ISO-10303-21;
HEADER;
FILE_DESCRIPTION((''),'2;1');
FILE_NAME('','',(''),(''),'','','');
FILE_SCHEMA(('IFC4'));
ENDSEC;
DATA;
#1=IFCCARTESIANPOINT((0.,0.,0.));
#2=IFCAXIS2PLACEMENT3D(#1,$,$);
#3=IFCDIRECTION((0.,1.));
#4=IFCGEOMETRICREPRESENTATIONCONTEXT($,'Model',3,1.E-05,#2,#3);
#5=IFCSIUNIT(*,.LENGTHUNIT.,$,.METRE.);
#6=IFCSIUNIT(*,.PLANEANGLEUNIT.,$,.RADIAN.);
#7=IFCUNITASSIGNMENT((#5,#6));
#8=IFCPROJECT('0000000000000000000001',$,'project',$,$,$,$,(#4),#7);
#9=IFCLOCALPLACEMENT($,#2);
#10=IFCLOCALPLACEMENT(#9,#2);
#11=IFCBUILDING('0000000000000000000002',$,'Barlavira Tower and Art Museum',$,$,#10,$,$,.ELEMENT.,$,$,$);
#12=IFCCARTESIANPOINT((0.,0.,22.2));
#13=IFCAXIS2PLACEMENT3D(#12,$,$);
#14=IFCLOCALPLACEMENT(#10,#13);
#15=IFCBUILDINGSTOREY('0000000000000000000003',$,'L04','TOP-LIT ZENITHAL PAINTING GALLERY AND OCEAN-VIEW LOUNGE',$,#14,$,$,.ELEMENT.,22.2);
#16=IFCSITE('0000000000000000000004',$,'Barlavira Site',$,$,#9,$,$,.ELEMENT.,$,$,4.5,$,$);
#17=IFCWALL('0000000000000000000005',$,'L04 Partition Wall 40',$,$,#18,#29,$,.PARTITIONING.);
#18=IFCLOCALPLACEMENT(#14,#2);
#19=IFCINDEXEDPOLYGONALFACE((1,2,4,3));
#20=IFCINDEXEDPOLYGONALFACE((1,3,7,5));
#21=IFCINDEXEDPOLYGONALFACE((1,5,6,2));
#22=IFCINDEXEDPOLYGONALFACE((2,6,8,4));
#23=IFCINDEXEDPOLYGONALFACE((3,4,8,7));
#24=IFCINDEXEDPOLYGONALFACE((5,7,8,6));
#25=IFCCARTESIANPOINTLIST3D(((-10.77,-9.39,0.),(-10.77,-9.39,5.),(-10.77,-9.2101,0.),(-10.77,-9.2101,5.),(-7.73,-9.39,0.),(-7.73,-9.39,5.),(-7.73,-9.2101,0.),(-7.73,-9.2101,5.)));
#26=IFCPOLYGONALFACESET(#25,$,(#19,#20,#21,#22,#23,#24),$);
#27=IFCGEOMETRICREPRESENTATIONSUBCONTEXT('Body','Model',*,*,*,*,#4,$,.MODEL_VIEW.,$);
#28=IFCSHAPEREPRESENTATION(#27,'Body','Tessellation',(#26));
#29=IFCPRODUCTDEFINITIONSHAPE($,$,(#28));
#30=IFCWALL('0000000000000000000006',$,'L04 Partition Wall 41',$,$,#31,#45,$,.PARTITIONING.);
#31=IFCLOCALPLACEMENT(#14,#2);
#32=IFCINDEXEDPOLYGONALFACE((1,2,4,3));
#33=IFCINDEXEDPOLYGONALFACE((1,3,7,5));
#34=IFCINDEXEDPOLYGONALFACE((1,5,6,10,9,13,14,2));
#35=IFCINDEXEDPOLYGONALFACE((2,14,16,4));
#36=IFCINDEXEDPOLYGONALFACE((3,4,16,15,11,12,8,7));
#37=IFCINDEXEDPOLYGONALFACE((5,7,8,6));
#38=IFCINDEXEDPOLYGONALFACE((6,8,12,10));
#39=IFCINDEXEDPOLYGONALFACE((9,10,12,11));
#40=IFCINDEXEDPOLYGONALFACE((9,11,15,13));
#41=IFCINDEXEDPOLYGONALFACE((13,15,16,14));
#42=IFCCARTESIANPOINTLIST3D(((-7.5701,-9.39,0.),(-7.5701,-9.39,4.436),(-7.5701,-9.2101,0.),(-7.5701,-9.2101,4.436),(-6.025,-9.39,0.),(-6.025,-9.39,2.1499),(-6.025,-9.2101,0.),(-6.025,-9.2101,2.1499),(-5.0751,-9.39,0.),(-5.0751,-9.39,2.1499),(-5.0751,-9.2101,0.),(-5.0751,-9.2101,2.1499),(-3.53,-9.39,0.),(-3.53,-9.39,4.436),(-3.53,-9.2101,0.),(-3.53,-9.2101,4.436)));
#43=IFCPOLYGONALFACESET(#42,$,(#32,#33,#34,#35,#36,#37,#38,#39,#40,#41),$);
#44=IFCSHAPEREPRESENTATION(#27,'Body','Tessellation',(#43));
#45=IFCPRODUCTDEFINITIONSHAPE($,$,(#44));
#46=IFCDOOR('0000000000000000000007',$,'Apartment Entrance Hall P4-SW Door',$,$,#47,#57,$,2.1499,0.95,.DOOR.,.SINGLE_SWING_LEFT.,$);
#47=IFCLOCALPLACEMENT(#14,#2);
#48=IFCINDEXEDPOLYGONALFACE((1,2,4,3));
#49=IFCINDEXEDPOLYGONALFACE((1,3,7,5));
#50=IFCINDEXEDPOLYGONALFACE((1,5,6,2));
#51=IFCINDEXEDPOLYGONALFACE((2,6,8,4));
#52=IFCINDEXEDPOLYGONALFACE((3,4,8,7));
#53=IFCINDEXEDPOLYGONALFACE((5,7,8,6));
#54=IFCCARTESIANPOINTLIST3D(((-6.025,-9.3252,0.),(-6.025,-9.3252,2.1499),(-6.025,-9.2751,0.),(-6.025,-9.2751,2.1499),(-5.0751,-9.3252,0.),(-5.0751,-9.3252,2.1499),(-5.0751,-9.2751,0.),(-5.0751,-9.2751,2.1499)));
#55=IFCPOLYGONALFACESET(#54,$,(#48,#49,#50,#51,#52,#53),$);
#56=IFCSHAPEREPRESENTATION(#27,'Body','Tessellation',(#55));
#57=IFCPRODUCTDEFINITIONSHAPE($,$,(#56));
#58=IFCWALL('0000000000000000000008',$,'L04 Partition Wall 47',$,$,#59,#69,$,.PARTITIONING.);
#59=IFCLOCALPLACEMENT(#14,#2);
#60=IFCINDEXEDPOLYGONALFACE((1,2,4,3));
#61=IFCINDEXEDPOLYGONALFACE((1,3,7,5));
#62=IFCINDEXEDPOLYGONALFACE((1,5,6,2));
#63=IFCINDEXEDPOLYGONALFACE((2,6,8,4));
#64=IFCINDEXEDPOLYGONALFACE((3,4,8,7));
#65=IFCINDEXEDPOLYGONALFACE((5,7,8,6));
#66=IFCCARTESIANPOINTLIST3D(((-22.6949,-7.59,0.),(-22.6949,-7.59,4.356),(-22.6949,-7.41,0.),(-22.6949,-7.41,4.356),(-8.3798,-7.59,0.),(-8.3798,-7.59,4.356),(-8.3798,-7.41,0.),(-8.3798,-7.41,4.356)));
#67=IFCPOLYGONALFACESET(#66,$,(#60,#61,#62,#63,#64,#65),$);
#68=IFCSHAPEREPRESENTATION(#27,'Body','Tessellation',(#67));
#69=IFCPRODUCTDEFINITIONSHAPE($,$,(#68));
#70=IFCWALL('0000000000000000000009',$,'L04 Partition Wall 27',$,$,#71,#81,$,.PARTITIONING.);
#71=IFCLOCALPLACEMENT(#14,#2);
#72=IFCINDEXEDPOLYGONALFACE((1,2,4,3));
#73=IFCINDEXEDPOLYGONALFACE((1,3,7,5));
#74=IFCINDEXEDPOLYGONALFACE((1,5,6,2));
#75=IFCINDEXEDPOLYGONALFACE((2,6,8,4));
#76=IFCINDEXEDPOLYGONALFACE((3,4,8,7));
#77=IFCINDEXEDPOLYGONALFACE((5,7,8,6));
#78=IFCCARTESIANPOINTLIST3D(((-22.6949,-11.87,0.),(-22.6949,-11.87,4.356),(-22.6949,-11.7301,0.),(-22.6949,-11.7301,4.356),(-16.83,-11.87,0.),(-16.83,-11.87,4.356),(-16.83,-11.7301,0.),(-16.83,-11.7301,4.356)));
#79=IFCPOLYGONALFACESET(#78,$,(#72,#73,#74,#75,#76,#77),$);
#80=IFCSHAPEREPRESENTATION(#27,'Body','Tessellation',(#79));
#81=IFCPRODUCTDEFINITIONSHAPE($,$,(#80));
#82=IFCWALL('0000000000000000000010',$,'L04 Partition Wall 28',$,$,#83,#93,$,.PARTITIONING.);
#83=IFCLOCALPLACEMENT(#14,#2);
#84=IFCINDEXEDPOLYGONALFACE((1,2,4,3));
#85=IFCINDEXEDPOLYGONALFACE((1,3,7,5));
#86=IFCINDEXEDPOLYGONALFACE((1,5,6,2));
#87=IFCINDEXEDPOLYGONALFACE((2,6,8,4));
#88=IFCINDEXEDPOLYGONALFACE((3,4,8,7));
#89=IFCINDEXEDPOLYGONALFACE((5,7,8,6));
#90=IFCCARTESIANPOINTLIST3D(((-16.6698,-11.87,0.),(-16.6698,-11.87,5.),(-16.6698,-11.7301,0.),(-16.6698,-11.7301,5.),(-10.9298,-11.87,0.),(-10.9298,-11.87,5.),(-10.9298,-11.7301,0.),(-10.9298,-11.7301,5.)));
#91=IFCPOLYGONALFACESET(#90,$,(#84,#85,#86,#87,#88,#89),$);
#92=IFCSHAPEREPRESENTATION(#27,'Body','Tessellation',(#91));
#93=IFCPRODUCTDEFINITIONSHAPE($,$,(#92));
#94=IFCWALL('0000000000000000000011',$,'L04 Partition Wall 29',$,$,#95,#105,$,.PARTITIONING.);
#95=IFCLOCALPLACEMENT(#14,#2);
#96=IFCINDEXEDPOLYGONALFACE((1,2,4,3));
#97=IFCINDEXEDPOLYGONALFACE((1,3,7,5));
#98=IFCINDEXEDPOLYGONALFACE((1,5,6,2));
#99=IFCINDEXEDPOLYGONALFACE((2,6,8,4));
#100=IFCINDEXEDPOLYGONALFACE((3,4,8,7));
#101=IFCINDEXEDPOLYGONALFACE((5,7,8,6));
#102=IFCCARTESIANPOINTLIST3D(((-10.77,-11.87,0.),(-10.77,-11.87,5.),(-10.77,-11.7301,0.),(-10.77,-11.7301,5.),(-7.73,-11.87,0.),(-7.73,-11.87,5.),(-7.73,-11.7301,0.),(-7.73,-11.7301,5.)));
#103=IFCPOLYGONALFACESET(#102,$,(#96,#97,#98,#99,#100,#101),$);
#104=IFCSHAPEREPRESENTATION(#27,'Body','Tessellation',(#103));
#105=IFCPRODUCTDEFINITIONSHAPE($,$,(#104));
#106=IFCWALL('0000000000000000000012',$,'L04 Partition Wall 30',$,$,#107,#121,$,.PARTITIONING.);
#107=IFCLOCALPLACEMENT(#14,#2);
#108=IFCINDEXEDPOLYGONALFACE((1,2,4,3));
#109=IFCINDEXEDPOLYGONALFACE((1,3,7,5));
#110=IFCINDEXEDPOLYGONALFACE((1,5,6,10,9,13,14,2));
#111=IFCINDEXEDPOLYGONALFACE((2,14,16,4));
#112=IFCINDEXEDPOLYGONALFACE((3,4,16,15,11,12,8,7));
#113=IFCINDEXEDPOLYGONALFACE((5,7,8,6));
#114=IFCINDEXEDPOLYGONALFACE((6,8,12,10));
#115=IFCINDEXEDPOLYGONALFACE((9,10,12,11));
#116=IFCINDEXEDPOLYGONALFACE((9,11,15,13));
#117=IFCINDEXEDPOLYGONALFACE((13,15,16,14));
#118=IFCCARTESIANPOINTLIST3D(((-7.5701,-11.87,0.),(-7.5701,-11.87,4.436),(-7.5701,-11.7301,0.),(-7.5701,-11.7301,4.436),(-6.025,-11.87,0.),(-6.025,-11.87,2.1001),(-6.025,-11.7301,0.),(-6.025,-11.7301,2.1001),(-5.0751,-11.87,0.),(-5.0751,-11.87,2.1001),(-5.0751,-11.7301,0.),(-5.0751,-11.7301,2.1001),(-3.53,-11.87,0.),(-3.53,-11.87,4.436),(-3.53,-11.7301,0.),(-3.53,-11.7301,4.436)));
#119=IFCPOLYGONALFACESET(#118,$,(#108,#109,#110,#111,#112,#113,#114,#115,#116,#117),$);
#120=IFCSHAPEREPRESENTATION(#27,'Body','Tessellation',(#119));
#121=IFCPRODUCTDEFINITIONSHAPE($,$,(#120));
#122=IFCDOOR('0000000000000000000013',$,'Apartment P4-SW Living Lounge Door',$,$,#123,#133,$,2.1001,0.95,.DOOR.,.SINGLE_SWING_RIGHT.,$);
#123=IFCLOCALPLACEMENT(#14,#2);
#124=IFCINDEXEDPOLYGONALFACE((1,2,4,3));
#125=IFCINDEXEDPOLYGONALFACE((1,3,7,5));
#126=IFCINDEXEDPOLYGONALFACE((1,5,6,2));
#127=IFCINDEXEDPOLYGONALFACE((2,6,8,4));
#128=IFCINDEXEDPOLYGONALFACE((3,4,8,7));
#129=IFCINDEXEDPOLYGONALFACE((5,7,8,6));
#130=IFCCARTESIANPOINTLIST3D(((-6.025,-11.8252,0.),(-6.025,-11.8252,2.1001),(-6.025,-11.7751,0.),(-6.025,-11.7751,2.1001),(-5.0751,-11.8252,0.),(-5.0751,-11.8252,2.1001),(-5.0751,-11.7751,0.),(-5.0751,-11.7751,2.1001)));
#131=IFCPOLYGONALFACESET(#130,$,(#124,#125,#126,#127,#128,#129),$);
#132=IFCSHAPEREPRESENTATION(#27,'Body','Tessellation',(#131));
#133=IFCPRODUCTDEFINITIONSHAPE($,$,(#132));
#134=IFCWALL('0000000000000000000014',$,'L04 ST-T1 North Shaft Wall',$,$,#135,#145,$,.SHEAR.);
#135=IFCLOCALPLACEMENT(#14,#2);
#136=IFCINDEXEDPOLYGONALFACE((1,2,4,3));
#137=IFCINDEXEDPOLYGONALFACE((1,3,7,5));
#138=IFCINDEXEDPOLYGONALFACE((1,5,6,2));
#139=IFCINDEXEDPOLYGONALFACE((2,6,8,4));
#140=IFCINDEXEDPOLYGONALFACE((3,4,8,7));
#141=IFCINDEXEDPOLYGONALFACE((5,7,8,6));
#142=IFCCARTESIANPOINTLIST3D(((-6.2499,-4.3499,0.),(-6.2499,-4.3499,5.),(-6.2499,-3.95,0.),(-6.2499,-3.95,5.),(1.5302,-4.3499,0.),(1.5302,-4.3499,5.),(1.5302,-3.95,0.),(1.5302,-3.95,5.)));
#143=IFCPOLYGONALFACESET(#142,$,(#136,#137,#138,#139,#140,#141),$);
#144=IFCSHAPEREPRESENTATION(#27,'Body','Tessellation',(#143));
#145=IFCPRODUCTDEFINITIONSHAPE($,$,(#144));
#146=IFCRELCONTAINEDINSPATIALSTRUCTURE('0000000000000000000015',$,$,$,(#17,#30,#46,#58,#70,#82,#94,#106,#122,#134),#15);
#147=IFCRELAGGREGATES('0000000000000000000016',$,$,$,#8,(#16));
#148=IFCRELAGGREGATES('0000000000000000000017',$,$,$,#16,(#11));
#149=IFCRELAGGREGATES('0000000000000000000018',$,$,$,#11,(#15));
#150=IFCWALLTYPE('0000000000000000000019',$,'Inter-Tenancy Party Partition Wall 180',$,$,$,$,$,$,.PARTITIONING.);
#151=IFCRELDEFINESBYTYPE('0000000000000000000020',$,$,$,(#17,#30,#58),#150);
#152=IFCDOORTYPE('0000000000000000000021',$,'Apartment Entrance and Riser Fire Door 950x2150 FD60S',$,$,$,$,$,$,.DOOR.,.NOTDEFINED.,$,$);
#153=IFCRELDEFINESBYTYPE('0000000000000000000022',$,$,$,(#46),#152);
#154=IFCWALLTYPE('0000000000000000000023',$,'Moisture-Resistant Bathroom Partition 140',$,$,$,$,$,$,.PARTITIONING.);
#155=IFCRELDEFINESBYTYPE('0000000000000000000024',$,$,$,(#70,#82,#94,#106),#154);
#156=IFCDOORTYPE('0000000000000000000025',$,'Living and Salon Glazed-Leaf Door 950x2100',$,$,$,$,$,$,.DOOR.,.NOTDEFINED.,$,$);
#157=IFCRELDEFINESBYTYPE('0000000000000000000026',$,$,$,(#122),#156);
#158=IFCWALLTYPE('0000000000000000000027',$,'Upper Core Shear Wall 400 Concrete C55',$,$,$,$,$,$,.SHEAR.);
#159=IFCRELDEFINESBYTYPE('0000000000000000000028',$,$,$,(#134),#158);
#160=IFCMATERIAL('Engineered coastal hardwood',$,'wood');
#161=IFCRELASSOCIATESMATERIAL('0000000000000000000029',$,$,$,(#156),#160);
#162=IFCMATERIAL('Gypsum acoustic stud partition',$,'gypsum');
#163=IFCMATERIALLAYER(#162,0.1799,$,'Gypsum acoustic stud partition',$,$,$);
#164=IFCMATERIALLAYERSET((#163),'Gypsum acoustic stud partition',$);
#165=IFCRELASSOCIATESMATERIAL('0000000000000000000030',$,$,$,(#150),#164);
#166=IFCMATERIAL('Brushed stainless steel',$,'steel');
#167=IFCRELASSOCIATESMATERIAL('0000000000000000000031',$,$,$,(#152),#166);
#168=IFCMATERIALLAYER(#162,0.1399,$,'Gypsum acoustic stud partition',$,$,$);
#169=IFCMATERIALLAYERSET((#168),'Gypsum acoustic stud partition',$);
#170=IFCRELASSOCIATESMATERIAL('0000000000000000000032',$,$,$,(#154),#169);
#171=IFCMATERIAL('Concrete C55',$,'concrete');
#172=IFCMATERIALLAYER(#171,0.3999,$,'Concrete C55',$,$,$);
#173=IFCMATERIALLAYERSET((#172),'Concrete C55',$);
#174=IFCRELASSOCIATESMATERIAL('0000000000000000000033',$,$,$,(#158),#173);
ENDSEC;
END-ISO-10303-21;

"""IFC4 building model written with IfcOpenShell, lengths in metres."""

from ifc_helpers import new_model, si_unit, direction, frame, frame_2d, origin, place, context, subcontext, project, spatial, rectangle, extrude, material, layer, layer_set, type_object, element, fill, save


model = new_model("IFC4")

# Units and contexts
model_context = context("Model", 3, precision=1e-05, world=origin(), true_north=direction((0.0, 1.0)))
body_context = subcontext(model_context, "Body", "Model", "MODEL_VIEW")
ifc_project = project(units=[si_unit("LENGTHUNIT", "METRE"), si_unit("PLANEANGLEUNIT", "RADIAN")], contexts=[model_context])

# Site, building, storey
site_placement = place(None, origin())
site = spatial("IfcSite", under=ifc_project, at=site_placement, Name="Barlavira Site", CompositionType="ELEMENT", RefElevation=4.5)
building_placement = place(site_placement, origin())
building = spatial("IfcBuilding", under=site, at=building_placement, Name="Barlavira Tower and Art Museum", CompositionType="ELEMENT")
storey_placement = place(building_placement, frame((0.0, 0.0, 22.2)))
storey = spatial("IfcBuildingStorey", under=building, at=storey_placement, Name="L04", Description="TOP-LIT ZENITHAL PAINTING GALLERY AND OCEAN-VIEW LOUNGE", CompositionType="ELEMENT", Elevation=22.2)

# Shared definitions
ifc_material_1 = material(Name="Gypsum acoustic stud partition", Category="gypsum")
ifc_material_2 = material(Name="Engineered coastal hardwood", Category="wood")
door_type_1 = type_object("IfcDoorType", Name="Living and Salon Glazed-Leaf Door 950x2100", OperationType="NOTDEFINED", PredefinedType="DOOR", material=ifc_material_2)

# Shared definitions
ifc_layer_1 = layer(ifc_material_1, 0.1799, Name="Gypsum acoustic stud partition")
ifc_layer_set_1 = layer_set([ifc_layer_1], Name="Gypsum acoustic stud partition")
wall_type_1 = type_object("IfcWallType", Name="Inter-Tenancy Party Partition Wall 180", PredefinedType="PARTITIONING", material=ifc_layer_set_1)
ifc_material_3 = material(Name="Brushed stainless steel", Category="steel")
door_type_2 = type_object("IfcDoorType", Name="Apartment Entrance and Riser Fire Door 950x2150 FD60S", OperationType="NOTDEFINED", PredefinedType="DOOR", material=ifc_material_3)

# Wall
wall_1_placement = place(storey_placement, frame((-10.77, -9.3, 0.0), z_axis=(0.0, 0.0, 1.0), x_axis=(1.0, 0.0, 0.0)))
element("IfcWall", 1, at=wall_1_placement, inside=storey, type_object=wall_type_1, Name="L04 Partition Wall 40", PredefinedType="PARTITIONING", context=body_context, shape_type="SweptSolid", body=[
    extrude(rectangle(XDim=3.04, YDim=0.1799, at=frame_2d((1.52, 0.0))), origin(), (0.0, 0.0, 1.0), 5.0),
])

# Wall, opening, door
wall_2_placement = place(storey_placement, frame((-7.5701, -9.3, 0.0), z_axis=(0.0, 0.0, 1.0), x_axis=(1.0, 0.0, 0.0)))
wall_2 = element("IfcWall", 2, at=wall_2_placement, inside=storey, type_object=wall_type_1, Name="L04 Partition Wall 41", PredefinedType="PARTITIONING", context=body_context, shape_type="SweptSolid", body=[
    extrude(rectangle(XDim=4.04, YDim=0.1799, at=frame_2d((2.02, 0.0))), origin(), (0.0, 0.0, 1.0), 4.436),
])
opening_1_placement = place(wall_2_placement, frame((1.5449, 0.0, 0.0)))
opening_1 = element("IfcOpeningElement", 3, at=opening_1_placement, cuts=wall_2, PredefinedType="OPENING", context=body_context, shape_type="SweptSolid", body=[
    extrude(rectangle(XDim=0.95, YDim=2.1499, at=frame_2d((0.4751, 1.075))), frame((0.0, 0.1001, 0.0), z_axis=(0.0, -1.0, 0.0), x_axis=(1.0, 0.0, 0.0)), (0.0, 0.0, 1.0), 0.2),
])
door_1_placement = place(opening_1_placement, origin())
door_1 = element("IfcDoor", 4, at=door_1_placement, inside=storey, type_object=door_type_2, Name="Apartment Entrance Hall P4-SW Door", OperationType="SINGLE_SWING_LEFT", OverallHeight=2.1499, OverallWidth=0.95, PredefinedType="DOOR", context=body_context, shape_type="SweptSolid", body=[
    extrude(rectangle(XDim=0.95, YDim=2.1499, at=frame_2d((0.4751, 1.075))), frame((0.0, 0.0249, 0.0), z_axis=(0.0, -1.0, 0.0), x_axis=(1.0, 0.0, 0.0)), (0.0, 0.0, 1.0), 0.05),
])
fill(opening_1, door_1)

# Walls
wall_3_placement = place(storey_placement, frame((-22.6951, -7.5, 0.0), z_axis=(0.0, 0.0, 1.0), x_axis=(1.0, 0.0, 0.0)))
element("IfcWall", 5, at=wall_3_placement, inside=storey, type_object=wall_type_1, Name="L04 Partition Wall 47", PredefinedType="PARTITIONING", context=body_context, shape_type="SweptSolid", body=[
    extrude(rectangle(XDim=14.3152, YDim=0.1799, at=frame_2d((7.1577, 0.0))), origin(), (0.0, 0.0, 1.0), 4.356),
])
ifc_layer_2 = layer(ifc_material_1, 0.1399, Name="Gypsum acoustic stud partition")
ifc_layer_set_2 = layer_set([ifc_layer_2], Name="Gypsum acoustic stud partition")
wall_type_2 = type_object("IfcWallType", Name="Moisture-Resistant Bathroom Partition 140", PredefinedType="PARTITIONING", material=ifc_layer_set_2)
wall_4_placement = place(storey_placement, frame((-22.6951, -11.8, 0.0), z_axis=(0.0, 0.0, 1.0), x_axis=(1.0, 0.0, 0.0)))
element("IfcWall", 6, at=wall_4_placement, inside=storey, type_object=wall_type_2, Name="L04 Partition Wall 27", PredefinedType="PARTITIONING", context=body_context, shape_type="SweptSolid", body=[
    extrude(rectangle(XDim=5.865, YDim=0.1399, at=frame_2d((2.9326, 0.0))), origin(), (0.0, 0.0, 1.0), 4.356),
])
wall_5_placement = place(storey_placement, frame((-16.6699, -11.8, 0.0), z_axis=(0.0, 0.0, 1.0), x_axis=(1.0, 0.0, 0.0)))
element("IfcWall", 7, at=wall_5_placement, inside=storey, type_object=wall_type_2, Name="L04 Partition Wall 28", PredefinedType="PARTITIONING", context=body_context, shape_type="SweptSolid", body=[
    extrude(rectangle(XDim=5.74, YDim=0.1399, at=frame_2d((2.8701, 0.0))), origin(), (0.0, 0.0, 1.0), 5.0),
])
wall_6_placement = place(storey_placement, frame((-10.77, -11.8, 0.0), z_axis=(0.0, 0.0, 1.0), x_axis=(1.0, 0.0, 0.0)))
element("IfcWall", 8, at=wall_6_placement, inside=storey, type_object=wall_type_2, Name="L04 Partition Wall 29", PredefinedType="PARTITIONING", context=body_context, shape_type="SweptSolid", body=[
    extrude(rectangle(XDim=3.04, YDim=0.1399, at=frame_2d((1.52, 0.0))), origin(), (0.0, 0.0, 1.0), 5.0),
])

# Wall, opening, door
wall_7_placement = place(storey_placement, frame((-7.5701, -11.8, 0.0), z_axis=(0.0, 0.0, 1.0), x_axis=(1.0, 0.0, 0.0)))
wall_7 = element("IfcWall", 9, at=wall_7_placement, inside=storey, type_object=wall_type_2, Name="L04 Partition Wall 30", PredefinedType="PARTITIONING", context=body_context, shape_type="SweptSolid", body=[
    extrude(rectangle(XDim=4.04, YDim=0.1399, at=frame_2d((2.02, 0.0))), origin(), (0.0, 0.0, 1.0), 4.436),
])
opening_2_placement = place(wall_7_placement, frame((1.5449, 0.0, 0.0)))
opening_2 = element("IfcOpeningElement", 10, at=opening_2_placement, cuts=wall_7, PredefinedType="OPENING", context=body_context, shape_type="SweptSolid", body=[
    extrude(rectangle(XDim=0.95, YDim=2.1001, at=frame_2d((0.4751, 1.05))), frame((0.0, 0.0801, 0.0), z_axis=(0.0, -1.0, 0.0), x_axis=(1.0, 0.0, 0.0)), (0.0, 0.0, 1.0), 0.1599),
])
door_2_placement = place(opening_2_placement, origin())
door_2 = element("IfcDoor", 11, at=door_2_placement, inside=storey, type_object=door_type_1, Name="Apartment P4-SW Living Lounge Door", OperationType="SINGLE_SWING_RIGHT", OverallHeight=2.1001, OverallWidth=0.95, PredefinedType="DOOR", context=body_context, shape_type="SweptSolid", body=[
    extrude(rectangle(XDim=0.95, YDim=2.1001, at=frame_2d((0.4751, 1.05))), frame((0.0, 0.0249, 0.0), z_axis=(0.0, -1.0, 0.0), x_axis=(1.0, 0.0, 0.0)), (0.0, 0.0, 1.0), 0.05),
])
fill(opening_2, door_2)

# Wall
ifc_material_4 = material(Name="Concrete C55", Category="concrete")
ifc_layer_3 = layer(ifc_material_4, 0.3999, Name="Concrete C55")
ifc_layer_set_3 = layer_set([ifc_layer_3], Name="Concrete C55")
wall_type_3 = type_object("IfcWallType", Name="Upper Core Shear Wall 400 Concrete C55", PredefinedType="SHEAR", material=ifc_layer_set_3)
wall_8_placement = place(storey_placement, frame((-6.25, -4.1499, 0.0), z_axis=(0.0, 0.0, 1.0), x_axis=(1.0, 0.0, 0.0)))
element("IfcWall", 12, at=wall_8_placement, inside=storey, type_object=wall_type_3, Name="L04 ST-T1 North Shaft Wall", PredefinedType="SHEAR", context=body_context, shape_type="SweptSolid", body=[
    extrude(rectangle(XDim=7.78, YDim=0.3999, at=frame_2d((3.8901, 0.0))), origin(), (0.0, 0.0, 1.0), 5.0),
])

save(model, "model.ifc")
